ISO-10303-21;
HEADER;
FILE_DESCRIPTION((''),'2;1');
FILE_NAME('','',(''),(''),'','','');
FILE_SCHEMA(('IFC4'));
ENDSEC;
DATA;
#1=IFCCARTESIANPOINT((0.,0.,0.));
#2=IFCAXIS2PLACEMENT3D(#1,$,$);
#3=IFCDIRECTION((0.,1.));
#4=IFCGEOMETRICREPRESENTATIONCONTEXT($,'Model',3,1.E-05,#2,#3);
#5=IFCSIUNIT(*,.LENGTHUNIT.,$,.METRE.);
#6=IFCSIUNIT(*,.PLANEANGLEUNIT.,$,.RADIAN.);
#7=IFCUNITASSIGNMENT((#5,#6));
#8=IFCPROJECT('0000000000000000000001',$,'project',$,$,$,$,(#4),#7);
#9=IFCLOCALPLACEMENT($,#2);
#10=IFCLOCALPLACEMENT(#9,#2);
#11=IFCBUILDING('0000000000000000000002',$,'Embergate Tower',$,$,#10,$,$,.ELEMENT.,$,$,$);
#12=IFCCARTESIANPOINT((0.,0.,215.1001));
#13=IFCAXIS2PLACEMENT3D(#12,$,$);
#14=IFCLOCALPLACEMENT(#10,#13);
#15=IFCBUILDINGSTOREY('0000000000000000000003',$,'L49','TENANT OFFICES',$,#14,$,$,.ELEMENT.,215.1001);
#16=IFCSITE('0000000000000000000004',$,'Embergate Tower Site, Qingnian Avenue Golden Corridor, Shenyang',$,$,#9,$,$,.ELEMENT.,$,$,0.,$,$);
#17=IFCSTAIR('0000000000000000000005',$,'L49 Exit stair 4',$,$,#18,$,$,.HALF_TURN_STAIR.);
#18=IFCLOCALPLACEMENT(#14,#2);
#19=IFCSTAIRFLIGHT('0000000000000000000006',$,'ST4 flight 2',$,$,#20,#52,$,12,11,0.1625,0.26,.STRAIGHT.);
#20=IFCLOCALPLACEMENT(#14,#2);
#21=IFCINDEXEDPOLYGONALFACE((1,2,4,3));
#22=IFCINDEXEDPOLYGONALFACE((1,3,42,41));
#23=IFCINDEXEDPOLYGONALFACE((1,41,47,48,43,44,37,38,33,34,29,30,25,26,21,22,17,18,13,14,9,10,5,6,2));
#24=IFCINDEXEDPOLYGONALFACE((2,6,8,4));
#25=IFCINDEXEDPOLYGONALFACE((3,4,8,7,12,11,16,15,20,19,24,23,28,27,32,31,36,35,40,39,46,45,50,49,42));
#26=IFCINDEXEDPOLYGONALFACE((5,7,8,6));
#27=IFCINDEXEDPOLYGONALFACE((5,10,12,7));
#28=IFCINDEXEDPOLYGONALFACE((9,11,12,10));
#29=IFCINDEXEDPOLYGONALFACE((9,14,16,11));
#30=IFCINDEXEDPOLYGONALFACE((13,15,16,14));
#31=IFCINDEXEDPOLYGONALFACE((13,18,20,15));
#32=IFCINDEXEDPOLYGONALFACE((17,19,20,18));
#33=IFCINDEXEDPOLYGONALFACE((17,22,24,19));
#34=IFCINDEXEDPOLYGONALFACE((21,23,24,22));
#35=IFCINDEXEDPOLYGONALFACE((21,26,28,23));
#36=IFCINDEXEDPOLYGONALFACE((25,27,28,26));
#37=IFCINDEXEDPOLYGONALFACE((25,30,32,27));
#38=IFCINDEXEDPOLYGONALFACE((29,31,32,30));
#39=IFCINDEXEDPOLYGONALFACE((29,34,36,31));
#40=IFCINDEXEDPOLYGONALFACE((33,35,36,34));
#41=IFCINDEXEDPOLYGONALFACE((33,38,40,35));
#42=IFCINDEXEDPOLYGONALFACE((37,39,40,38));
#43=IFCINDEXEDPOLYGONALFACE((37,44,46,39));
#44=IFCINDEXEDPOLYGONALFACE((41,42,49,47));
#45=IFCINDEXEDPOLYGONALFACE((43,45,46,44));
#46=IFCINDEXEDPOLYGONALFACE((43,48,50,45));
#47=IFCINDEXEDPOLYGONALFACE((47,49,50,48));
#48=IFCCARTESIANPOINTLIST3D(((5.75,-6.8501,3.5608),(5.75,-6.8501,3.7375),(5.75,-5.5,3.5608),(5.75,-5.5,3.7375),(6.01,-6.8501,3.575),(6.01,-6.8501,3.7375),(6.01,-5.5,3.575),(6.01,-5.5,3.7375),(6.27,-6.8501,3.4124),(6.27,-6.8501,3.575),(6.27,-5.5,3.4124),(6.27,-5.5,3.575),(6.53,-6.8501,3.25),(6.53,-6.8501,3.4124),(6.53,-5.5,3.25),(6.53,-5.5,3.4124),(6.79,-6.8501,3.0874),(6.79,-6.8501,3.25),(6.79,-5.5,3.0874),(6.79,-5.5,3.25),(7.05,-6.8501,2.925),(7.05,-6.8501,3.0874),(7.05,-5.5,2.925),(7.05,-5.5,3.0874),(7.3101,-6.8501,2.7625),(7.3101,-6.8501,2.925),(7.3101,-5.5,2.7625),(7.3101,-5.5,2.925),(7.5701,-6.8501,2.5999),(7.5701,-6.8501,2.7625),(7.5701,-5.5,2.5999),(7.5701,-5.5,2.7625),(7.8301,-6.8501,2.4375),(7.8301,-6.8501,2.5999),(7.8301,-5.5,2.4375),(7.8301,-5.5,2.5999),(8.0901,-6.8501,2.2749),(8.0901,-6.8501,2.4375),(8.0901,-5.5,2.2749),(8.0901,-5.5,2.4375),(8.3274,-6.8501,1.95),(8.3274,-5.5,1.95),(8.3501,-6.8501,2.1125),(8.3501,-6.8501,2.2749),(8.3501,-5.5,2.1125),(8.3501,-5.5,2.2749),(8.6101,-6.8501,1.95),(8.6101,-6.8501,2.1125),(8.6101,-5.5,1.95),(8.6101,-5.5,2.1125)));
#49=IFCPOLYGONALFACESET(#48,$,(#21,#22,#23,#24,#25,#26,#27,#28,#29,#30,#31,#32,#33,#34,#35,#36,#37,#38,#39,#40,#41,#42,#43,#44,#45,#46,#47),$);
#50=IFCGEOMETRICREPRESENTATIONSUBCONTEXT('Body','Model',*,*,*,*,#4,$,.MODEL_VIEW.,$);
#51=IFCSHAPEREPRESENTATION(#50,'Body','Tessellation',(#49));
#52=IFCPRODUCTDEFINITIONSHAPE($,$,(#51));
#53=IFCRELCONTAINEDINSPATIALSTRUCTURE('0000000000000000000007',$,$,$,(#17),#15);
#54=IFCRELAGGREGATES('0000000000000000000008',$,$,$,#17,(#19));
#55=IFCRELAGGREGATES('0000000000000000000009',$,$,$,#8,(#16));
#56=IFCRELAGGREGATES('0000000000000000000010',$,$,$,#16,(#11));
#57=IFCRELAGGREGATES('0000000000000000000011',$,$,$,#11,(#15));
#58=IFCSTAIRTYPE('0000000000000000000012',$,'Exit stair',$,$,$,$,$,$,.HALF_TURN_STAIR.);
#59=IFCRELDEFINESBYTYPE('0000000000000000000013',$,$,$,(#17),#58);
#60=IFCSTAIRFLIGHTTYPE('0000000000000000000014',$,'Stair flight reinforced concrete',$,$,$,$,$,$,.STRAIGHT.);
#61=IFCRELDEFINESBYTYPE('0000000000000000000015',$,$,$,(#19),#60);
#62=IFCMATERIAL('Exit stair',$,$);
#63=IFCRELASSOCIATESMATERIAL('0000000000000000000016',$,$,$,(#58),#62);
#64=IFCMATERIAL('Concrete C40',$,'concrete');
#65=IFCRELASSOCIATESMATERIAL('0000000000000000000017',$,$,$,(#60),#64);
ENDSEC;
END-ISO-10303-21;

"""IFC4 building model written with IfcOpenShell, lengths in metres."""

from ifc_helpers import new_model, si_unit, direction, frame, origin, place, context, subcontext, project, spatial, polyline, outline, extrude, source, transform, mapped, material, type_object, element, aggregate, save


model = new_model("IFC4")

# Units and contexts
model_context = context("Model", 3, precision=1e-05, world=origin(), true_north=direction((0.0, 1.0)))
body_context = subcontext(model_context, "Body", "Model", "MODEL_VIEW")
ifc_project = project(units=[si_unit("LENGTHUNIT", "METRE"), si_unit("PLANEANGLEUNIT", "RADIAN")], contexts=[model_context])

# Site, building, storey
site_placement = place(None, origin())
site = spatial("IfcSite", under=ifc_project, at=site_placement, Name="Embergate Tower Site, Qingnian Avenue Golden Corridor, Shenyang", CompositionType="ELEMENT", RefElevation=0.0)
building_placement = place(site_placement, origin())
building = spatial("IfcBuilding", under=site, at=building_placement, Name="Embergate Tower", CompositionType="ELEMENT")
storey_placement = place(building_placement, frame((0.0, 0.0, 215.1001)))
storey = spatial("IfcBuildingStorey", under=building, at=storey_placement, Name="L49", Description="TENANT OFFICES", CompositionType="ELEMENT", Elevation=215.1001)

# Stair
ifc_material_1 = material(Name="Exit stair")
stair_type = type_object("IfcStairType", Name="Exit stair", PredefinedType="HALF_TURN_STAIR", material=ifc_material_1)
stair_placement = place(storey_placement, origin())
stair = element("IfcStair", 1, at=stair_placement, inside=storey, type_object=stair_type, Name="L49 Exit stair 4", PredefinedType="HALF_TURN_STAIR")
ifc_material_2 = material(Name="Concrete C40", Category="concrete")

# Stair flight
stair_flight_type = type_object("IfcStairFlightType", Name="Stair flight reinforced concrete", PredefinedType="STRAIGHT", material=ifc_material_2)
shared_shape_1 = source(origin(), body_context, "Body", "SweptSolid", [
    extrude(outline(polyline([(0.0, 0.0), (0.0, 0.1626), (0.26, 0.1626), (0.26, 0.325), (0.52, 0.325), (0.52, 0.4875), (0.78, 0.4875), (0.78, 0.6499), (1.04, 0.6499), (1.04, 0.8125), (1.3, 0.8125), (1.3, 0.9751), (1.5601, 0.9751), (1.5601, 1.1375), (1.8201, 1.1375), (1.8201, 1.3), (2.0801, 1.3), (2.0801, 1.4624), (2.3401, 1.4624), (2.3401, 1.625), (2.6001, 1.625), (2.6001, 1.7876), (2.8601, 1.7876), (2.8601, 1.95), (2.8601, 1.6108), (0.2827, 0.0), (0.0, 0.0)])), frame((0.0, 0.675, 0.0), z_axis=(0.0, -1.0, 0.0), x_axis=(1.0, 0.0, 0.0)), (0.0, 0.0, 1.0), 1.3501),
])
stair_flight_placement = place(storey_placement, frame((8.6101, -6.175, 1.95), z_axis=(0.0, 0.0, 1.0), x_axis=(-1.0, 0.0, 0.0)))
stair_flight = element("IfcStairFlight", 2, at=stair_flight_placement, type_object=stair_flight_type, Name="ST4 flight 2", NumberOfRisers=12, NumberOfTreads=11, PredefinedType="STRAIGHT", RiserHeight=0.1625, TreadLength=0.26, context=body_context, shape_type="MappedRepresentation", body=[
    mapped(shared_shape_1, transform((0.0, 0.0, 0.0))),
])
aggregate(stair, [stair_flight])

save(model, "model.ifc")
